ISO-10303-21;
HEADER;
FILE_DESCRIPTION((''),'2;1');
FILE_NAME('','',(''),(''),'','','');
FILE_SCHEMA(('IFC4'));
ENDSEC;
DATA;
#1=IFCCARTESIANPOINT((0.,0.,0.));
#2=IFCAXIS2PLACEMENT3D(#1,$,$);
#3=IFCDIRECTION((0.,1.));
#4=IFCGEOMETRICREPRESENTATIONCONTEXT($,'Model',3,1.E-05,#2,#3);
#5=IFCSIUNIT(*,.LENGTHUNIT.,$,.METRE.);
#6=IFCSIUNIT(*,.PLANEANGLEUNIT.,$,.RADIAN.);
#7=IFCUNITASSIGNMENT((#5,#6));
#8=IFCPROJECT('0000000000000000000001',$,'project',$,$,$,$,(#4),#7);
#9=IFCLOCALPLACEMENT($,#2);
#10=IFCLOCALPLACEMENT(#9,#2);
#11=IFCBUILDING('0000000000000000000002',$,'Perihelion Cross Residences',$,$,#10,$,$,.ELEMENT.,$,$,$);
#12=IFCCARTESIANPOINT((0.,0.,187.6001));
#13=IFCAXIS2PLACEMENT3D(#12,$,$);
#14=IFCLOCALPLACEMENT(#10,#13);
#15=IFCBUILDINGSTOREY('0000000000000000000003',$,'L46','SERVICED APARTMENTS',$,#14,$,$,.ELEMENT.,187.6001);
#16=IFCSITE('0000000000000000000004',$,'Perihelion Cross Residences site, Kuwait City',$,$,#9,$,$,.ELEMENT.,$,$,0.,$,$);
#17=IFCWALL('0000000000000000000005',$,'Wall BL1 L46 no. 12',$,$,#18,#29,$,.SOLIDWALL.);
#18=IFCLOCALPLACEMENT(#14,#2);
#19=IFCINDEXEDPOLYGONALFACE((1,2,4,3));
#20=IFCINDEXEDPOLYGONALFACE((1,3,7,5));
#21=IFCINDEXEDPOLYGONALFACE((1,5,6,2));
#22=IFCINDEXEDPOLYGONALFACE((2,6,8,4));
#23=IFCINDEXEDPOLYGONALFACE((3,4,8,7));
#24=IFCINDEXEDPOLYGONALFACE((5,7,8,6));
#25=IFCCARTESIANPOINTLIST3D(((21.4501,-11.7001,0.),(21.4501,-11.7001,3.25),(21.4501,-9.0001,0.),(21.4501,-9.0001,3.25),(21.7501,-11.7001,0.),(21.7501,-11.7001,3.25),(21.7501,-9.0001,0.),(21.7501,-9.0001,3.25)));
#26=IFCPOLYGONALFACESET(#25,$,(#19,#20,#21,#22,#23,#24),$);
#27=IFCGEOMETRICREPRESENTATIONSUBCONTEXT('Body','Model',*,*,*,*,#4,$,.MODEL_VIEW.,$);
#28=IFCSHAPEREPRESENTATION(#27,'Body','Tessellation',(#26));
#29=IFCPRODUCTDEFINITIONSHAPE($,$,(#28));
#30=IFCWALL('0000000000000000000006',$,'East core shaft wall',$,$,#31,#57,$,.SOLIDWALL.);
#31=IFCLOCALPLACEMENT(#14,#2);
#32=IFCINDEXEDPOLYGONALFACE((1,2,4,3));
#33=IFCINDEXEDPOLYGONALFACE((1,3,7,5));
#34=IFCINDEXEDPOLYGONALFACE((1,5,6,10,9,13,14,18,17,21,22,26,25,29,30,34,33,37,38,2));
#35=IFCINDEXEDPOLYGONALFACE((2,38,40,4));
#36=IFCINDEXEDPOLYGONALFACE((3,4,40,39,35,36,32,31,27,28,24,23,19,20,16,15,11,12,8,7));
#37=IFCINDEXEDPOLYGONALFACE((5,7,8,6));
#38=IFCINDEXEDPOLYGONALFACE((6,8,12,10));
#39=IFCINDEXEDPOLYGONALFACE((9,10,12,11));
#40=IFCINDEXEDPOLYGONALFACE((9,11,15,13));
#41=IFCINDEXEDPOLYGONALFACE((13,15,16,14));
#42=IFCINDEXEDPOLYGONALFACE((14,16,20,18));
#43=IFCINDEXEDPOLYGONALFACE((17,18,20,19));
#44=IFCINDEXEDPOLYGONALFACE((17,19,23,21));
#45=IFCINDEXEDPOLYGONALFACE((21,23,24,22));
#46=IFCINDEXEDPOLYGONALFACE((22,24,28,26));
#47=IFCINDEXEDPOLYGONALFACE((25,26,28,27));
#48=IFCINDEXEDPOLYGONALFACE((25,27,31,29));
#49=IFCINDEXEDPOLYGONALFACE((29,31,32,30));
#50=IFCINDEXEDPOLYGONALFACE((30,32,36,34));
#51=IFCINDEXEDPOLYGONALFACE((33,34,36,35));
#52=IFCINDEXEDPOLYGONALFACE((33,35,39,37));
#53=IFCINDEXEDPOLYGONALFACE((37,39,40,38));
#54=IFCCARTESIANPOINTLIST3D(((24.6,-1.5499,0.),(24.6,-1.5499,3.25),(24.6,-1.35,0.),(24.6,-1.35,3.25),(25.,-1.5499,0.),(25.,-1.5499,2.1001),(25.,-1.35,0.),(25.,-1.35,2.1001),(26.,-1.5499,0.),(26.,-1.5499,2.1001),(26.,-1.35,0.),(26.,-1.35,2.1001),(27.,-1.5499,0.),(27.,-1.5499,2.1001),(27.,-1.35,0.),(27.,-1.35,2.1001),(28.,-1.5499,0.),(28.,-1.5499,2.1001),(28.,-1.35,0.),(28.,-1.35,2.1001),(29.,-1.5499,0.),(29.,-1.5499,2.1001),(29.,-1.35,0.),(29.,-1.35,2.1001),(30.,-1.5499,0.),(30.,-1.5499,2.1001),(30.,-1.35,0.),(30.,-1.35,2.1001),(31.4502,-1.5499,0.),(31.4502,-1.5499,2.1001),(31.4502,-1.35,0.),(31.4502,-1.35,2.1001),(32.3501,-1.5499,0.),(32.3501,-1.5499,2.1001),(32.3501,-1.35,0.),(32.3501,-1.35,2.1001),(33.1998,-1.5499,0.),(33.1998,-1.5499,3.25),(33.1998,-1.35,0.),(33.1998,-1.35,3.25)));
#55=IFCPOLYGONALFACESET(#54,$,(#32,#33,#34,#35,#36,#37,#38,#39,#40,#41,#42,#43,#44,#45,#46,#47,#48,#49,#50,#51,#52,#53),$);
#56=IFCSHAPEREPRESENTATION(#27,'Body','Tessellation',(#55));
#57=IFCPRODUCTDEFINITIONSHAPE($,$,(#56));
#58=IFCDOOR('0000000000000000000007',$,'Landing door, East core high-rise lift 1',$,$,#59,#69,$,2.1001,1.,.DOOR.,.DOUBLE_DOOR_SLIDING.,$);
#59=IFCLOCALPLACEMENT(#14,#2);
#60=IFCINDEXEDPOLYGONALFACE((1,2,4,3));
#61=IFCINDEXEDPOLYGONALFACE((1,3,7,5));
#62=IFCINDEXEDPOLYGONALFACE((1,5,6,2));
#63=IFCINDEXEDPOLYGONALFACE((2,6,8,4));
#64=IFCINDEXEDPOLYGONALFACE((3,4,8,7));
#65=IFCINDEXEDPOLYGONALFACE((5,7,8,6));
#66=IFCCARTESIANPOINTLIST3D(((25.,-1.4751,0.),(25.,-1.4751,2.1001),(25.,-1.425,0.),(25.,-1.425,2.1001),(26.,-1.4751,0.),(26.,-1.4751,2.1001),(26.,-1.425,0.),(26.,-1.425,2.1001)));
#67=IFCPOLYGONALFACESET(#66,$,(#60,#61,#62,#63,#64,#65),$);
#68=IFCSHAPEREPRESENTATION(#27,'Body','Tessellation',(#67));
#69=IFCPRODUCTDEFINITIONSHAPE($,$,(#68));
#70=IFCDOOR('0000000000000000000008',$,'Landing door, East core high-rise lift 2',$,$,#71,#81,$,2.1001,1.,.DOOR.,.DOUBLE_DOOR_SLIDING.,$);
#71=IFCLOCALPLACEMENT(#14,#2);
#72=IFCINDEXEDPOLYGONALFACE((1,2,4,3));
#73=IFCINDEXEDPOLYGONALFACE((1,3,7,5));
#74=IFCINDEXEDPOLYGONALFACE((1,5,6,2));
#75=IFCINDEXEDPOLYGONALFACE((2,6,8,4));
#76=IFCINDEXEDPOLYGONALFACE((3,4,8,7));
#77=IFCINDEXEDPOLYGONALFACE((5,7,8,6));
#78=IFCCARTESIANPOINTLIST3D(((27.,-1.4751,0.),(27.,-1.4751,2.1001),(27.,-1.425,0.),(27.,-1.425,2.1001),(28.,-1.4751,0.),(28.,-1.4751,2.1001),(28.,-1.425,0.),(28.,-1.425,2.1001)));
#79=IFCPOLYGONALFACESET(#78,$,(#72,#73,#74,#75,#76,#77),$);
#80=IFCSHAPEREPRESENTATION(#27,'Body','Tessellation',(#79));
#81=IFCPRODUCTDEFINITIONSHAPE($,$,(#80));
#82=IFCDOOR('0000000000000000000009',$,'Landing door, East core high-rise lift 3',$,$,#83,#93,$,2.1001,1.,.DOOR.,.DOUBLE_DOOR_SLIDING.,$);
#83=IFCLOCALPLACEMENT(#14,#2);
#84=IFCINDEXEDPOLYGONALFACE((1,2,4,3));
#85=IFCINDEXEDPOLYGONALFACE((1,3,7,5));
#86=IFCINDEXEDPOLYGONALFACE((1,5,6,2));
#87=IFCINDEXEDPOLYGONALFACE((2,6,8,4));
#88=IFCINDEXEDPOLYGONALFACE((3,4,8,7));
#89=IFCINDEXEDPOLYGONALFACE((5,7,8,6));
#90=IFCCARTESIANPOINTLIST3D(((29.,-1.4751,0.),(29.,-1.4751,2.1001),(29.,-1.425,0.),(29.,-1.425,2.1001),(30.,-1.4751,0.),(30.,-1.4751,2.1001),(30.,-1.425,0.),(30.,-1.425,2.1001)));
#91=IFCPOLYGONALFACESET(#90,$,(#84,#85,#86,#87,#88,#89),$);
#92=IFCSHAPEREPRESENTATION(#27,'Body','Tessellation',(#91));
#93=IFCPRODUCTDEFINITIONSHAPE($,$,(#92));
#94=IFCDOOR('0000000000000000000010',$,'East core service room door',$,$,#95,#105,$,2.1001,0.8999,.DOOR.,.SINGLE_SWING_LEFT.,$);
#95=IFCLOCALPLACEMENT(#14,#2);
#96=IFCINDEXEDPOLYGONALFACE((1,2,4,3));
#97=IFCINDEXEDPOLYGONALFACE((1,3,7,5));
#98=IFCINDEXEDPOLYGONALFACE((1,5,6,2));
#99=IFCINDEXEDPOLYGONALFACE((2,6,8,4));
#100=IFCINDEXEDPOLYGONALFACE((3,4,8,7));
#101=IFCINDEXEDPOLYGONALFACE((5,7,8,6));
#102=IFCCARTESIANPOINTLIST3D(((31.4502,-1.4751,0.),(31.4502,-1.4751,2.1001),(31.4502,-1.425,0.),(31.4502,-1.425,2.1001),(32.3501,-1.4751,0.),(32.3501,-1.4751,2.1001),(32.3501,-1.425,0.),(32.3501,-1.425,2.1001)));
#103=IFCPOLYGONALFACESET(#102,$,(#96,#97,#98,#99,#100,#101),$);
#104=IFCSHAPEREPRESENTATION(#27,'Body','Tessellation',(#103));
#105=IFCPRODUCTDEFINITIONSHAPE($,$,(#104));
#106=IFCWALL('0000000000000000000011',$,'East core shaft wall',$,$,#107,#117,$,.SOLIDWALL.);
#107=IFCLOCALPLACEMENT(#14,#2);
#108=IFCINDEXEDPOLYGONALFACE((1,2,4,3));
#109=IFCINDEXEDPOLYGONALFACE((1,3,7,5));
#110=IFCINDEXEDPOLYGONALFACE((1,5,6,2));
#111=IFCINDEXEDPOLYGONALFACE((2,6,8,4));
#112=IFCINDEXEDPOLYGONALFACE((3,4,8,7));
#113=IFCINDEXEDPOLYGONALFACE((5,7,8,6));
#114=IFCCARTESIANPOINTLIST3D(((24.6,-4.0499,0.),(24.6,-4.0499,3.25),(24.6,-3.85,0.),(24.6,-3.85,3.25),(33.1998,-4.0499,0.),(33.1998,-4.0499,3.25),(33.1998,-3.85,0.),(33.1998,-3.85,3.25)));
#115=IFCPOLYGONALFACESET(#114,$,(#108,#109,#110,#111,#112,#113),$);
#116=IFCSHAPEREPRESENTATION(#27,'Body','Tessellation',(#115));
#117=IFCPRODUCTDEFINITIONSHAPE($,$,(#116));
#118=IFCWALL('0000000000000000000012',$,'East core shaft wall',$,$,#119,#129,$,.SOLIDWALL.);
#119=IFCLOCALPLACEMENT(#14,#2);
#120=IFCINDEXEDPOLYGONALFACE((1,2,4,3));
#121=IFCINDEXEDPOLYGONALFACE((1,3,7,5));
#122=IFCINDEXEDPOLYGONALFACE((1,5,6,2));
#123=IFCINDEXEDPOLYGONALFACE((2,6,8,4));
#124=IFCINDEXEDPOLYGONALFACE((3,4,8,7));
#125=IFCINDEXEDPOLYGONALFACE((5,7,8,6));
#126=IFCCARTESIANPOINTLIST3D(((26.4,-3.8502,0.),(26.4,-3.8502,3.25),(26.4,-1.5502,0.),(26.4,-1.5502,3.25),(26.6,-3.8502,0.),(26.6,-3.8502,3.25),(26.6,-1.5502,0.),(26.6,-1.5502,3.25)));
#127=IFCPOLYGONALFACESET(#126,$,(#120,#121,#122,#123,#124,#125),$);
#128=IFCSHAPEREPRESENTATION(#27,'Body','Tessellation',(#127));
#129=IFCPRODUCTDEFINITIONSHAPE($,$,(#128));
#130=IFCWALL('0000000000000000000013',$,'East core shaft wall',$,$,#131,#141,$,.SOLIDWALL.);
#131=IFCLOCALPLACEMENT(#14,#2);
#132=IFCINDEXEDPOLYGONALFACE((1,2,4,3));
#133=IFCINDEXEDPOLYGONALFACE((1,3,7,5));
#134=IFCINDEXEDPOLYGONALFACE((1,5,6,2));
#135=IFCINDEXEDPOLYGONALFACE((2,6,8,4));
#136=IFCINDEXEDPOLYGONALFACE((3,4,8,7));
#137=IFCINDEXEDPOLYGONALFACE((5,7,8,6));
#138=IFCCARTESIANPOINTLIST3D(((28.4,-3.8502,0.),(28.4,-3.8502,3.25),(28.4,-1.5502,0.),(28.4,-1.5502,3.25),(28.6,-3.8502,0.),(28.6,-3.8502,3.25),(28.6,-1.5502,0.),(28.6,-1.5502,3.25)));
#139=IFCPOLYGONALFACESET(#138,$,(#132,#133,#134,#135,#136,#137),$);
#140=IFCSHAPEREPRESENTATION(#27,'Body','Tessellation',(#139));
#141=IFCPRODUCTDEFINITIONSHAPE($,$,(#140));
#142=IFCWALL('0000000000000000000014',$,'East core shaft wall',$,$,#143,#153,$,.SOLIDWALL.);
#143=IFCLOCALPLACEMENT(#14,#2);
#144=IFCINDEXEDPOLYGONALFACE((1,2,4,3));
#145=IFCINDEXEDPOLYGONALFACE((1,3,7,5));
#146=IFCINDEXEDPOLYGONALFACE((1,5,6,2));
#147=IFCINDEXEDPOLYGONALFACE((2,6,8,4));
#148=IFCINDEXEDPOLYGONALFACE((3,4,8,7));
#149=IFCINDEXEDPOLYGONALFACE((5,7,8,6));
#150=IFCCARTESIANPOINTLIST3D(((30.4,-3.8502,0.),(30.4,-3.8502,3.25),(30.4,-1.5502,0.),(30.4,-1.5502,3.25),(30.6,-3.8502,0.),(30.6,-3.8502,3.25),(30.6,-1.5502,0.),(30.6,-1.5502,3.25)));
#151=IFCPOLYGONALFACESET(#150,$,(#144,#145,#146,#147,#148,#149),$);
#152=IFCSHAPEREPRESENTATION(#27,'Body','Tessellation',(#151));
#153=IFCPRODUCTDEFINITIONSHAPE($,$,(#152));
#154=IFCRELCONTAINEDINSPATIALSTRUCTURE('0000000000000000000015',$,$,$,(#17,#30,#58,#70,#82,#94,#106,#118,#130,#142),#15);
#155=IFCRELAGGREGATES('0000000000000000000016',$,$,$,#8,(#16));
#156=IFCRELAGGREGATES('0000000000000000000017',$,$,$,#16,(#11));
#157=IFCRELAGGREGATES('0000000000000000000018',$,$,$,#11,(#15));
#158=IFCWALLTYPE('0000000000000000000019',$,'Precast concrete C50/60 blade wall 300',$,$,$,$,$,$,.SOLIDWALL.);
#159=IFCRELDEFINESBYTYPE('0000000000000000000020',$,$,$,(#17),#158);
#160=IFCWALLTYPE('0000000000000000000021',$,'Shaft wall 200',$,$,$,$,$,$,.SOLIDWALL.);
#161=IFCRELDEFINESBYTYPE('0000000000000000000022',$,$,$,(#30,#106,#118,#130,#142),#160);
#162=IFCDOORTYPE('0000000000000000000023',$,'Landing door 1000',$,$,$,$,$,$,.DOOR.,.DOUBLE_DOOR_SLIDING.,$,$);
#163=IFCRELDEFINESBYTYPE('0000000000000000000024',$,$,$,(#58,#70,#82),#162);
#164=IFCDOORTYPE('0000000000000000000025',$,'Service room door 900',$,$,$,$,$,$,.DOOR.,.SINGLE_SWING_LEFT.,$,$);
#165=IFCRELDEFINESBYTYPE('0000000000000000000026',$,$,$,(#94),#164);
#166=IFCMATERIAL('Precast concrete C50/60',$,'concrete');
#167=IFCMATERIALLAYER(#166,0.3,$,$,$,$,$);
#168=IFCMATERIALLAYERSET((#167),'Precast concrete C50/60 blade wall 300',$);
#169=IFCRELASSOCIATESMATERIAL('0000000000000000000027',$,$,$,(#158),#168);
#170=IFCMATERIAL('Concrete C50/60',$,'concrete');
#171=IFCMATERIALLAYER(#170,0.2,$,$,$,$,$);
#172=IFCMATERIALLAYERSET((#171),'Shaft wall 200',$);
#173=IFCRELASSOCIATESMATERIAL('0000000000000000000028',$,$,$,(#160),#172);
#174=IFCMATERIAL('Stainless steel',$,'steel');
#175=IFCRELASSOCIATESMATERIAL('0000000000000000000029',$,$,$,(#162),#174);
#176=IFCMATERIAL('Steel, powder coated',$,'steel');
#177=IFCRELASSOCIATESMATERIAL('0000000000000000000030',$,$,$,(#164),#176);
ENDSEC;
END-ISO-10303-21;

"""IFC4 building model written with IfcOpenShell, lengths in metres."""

from ifc_helpers import new_model, si_unit, direction, frame, frame_2d, origin, place, context, subcontext, project, spatial, rectangle, extrude, material, layer, layer_set, type_object, element, fill, save


model = new_model("IFC4")

# Units and contexts
model_context = context("Model", 3, precision=1e-05, world=origin(), true_north=direction((0.0, 1.0)))
body_context = subcontext(model_context, "Body", "Model", "MODEL_VIEW")
ifc_project = project(units=[si_unit("LENGTHUNIT", "METRE"), si_unit("PLANEANGLEUNIT", "RADIAN")], contexts=[model_context])

# Site, building, storey
site_placement = place(None, origin())
site = spatial("IfcSite", under=ifc_project, at=site_placement, Name="Perihelion Cross Residences site, Kuwait City", CompositionType="ELEMENT", RefElevation=0.0)
building_placement = place(site_placement, origin())
building = spatial("IfcBuilding", under=site, at=building_placement, Name="Perihelion Cross Residences", CompositionType="ELEMENT")
storey_placement = place(building_placement, frame((0.0, 0.0, 187.6001)))
storey = spatial("IfcBuildingStorey", under=building, at=storey_placement, Name="L46", Description="SERVICED APARTMENTS", CompositionType="ELEMENT", Elevation=187.6001)

# Wall
ifc_material_1 = material(Name="Precast concrete C50/60", Category="concrete")
ifc_layer_1 = layer(ifc_material_1, 0.3)
ifc_layer_set_1 = layer_set([ifc_layer_1], Name="Precast concrete C50/60 blade wall 300")
wall_type_1 = type_object("IfcWallType", Name="Precast concrete C50/60 blade wall 300", PredefinedType="SOLIDWALL", material=ifc_layer_set_1)
wall_1_placement = place(storey_placement, frame((21.6001, -9.0, 0.0), z_axis=(0.0, 0.0, 1.0), x_axis=(0.0, -1.0, 0.0)))
element("IfcWall", 1, at=wall_1_placement, inside=storey, type_object=wall_type_1, Name="Wall BL1 L46 no. 12", PredefinedType="SOLIDWALL", context=body_context, shape_type="SweptSolid", body=[
    extrude(rectangle(XDim=2.7, YDim=0.3, at=frame_2d((1.3501, 0.0))), origin(), (0.0, 0.0, 1.0), 3.25),
])

# Wall, openings, doors
ifc_material_2 = material(Name="Concrete C50/60", Category="concrete")
ifc_layer_2 = layer(ifc_material_2, 0.2)
ifc_layer_set_2 = layer_set([ifc_layer_2], Name="Shaft wall 200")
wall_type_2 = type_object("IfcWallType", Name="Shaft wall 200", PredefinedType="SOLIDWALL", material=ifc_layer_set_2)
wall_2_placement = place(storey_placement, frame((24.6001, -1.45, 0.0), z_axis=(0.0, 0.0, 1.0), x_axis=(1.0, 0.0, 0.0)))
wall_2 = element("IfcWall", 2, at=wall_2_placement, inside=storey, type_object=wall_type_2, Name="East core shaft wall", PredefinedType="SOLIDWALL", context=body_context, shape_type="SweptSolid", body=[
    extrude(rectangle(XDim=8.5999, YDim=0.2, at=frame_2d((4.2998, 0.0))), origin(), (0.0, 0.0, 1.0), 3.25),
])
opening_1_placement = place(wall_2_placement, frame((0.3999, 0.0, 0.0)))
opening_1 = element("IfcOpeningElement", 3, at=opening_1_placement, cuts=wall_2, PredefinedType="OPENING", context=body_context, shape_type="SweptSolid", body=[
    extrude(rectangle(XDim=1.0, YDim=2.1001, at=frame_2d((0.5, 1.05))), frame((0.0, 0.1099, 0.0), z_axis=(0.0, -1.0, 0.0), x_axis=(1.0, 0.0, 0.0)), (0.0, 0.0, 1.0), 0.22),
])
opening_2_placement = place(wall_2_placement, frame((2.3999, 0.0, 0.0)))
opening_2 = element("IfcOpeningElement", 4, at=opening_2_placement, cuts=wall_2, PredefinedType="OPENING", context=body_context, shape_type="SweptSolid", body=[
    extrude(rectangle(XDim=1.0, YDim=2.1001, at=frame_2d((0.5, 1.05))), frame((0.0, 0.1099, 0.0), z_axis=(0.0, -1.0, 0.0), x_axis=(1.0, 0.0, 0.0)), (0.0, 0.0, 1.0), 0.22),
])
opening_3_placement = place(wall_2_placement, frame((4.3999, 0.0, 0.0)))
opening_3 = element("IfcOpeningElement", 5, at=opening_3_placement, cuts=wall_2, PredefinedType="OPENING", context=body_context, shape_type="SweptSolid", body=[
    extrude(rectangle(XDim=1.0, YDim=2.1001, at=frame_2d((0.5, 1.05))), frame((0.0, 0.1099, 0.0), z_axis=(0.0, -1.0, 0.0), x_axis=(1.0, 0.0, 0.0)), (0.0, 0.0, 1.0), 0.22),
])
opening_4_placement = place(wall_2_placement, frame((6.8501, 0.0, 0.0)))
opening_4 = element("IfcOpeningElement", 6, at=opening_4_placement, cuts=wall_2, PredefinedType="OPENING", context=body_context, shape_type="SweptSolid", body=[
    extrude(rectangle(XDim=0.8999, YDim=2.1001, at=frame_2d((0.45, 1.05))), frame((0.0, 0.1099, 0.0), z_axis=(0.0, -1.0, 0.0), x_axis=(1.0, 0.0, 0.0)), (0.0, 0.0, 1.0), 0.22),
])
ifc_material_3 = material(Name="Stainless steel", Category="steel")
door_type_1 = type_object("IfcDoorType", Name="Landing door 1000", OperationType="DOUBLE_DOOR_SLIDING", PredefinedType="DOOR", material=ifc_material_3)
door_1_placement = place(opening_1_placement, origin())
door_1 = element("IfcDoor", 7, at=door_1_placement, inside=storey, type_object=door_type_1, Name="Landing door, East core high-rise lift 1", OperationType="DOUBLE_DOOR_SLIDING", OverallHeight=2.1001, OverallWidth=1.0, PredefinedType="DOOR", context=body_context, shape_type="SweptSolid", body=[
    extrude(rectangle(XDim=1.0, YDim=2.1001, at=frame_2d((0.5, 1.05))), frame((0.0, 0.0249, 0.0), z_axis=(0.0, -1.0, 0.0), x_axis=(1.0, 0.0, 0.0)), (0.0, 0.0, 1.0), 0.05),
])
fill(opening_1, door_1)
door_2_placement = place(opening_2_placement, origin())
door_2 = element("IfcDoor", 8, at=door_2_placement, inside=storey, type_object=door_type_1, Name="Landing door, East core high-rise lift 2", OperationType="DOUBLE_DOOR_SLIDING", OverallHeight=2.1001, OverallWidth=1.0, PredefinedType="DOOR", context=body_context, shape_type="SweptSolid", body=[
    extrude(rectangle(XDim=1.0, YDim=2.1001, at=frame_2d((0.5, 1.05))), frame((0.0, 0.0249, 0.0), z_axis=(0.0, -1.0, 0.0), x_axis=(1.0, 0.0, 0.0)), (0.0, 0.0, 1.0), 0.05),
])
fill(opening_2, door_2)
door_3_placement = place(opening_3_placement, origin())
door_3 = element("IfcDoor", 9, at=door_3_placement, inside=storey, type_object=door_type_1, Name="Landing door, East core high-rise lift 3", OperationType="DOUBLE_DOOR_SLIDING", OverallHeight=2.1001, OverallWidth=1.0, PredefinedType="DOOR", context=body_context, shape_type="SweptSolid", body=[
    extrude(rectangle(XDim=1.0, YDim=2.1001, at=frame_2d((0.5, 1.05))), frame((0.0, 0.0249, 0.0), z_axis=(0.0, -1.0, 0.0), x_axis=(1.0, 0.0, 0.0)), (0.0, 0.0, 1.0), 0.05),
])
fill(opening_3, door_3)
ifc_material_4 = material(Name="Steel, powder coated", Category="steel")
door_type_2 = type_object("IfcDoorType", Name="Service room door 900", OperationType="SINGLE_SWING_LEFT", PredefinedType="DOOR", material=ifc_material_4)
door_4_placement = place(opening_4_placement, origin())
door_4 = element("IfcDoor", 10, at=door_4_placement, inside=storey, type_object=door_type_2, Name="East core service room door", OperationType="SINGLE_SWING_LEFT", OverallHeight=2.1001, OverallWidth=0.8999, PredefinedType="DOOR", context=body_context, shape_type="SweptSolid", body=[
    extrude(rectangle(XDim=0.8999, YDim=2.1001, at=frame_2d((0.45, 1.05))), frame((0.0, 0.0249, 0.0), z_axis=(0.0, -1.0, 0.0), x_axis=(1.0, 0.0, 0.0)), (0.0, 0.0, 1.0), 0.05),
])
fill(opening_4, door_4)

# Walls
wall_3_placement = place(storey_placement, frame((24.6001, -3.95, 0.0), z_axis=(0.0, 0.0, 1.0), x_axis=(1.0, 0.0, 0.0)))
element("IfcWall", 11, at=wall_3_placement, inside=storey, type_object=wall_type_2, Name="East core shaft wall", PredefinedType="SOLIDWALL", context=body_context, shape_type="SweptSolid", body=[
    extrude(rectangle(XDim=8.5999, YDim=0.2, at=frame_2d((4.2998, 0.0))), origin(), (0.0, 0.0, 1.0), 3.25),
])
for number, where, z_axis, x_axis, name in (
    (12, (26.5, -3.8501, 0.0), (0.0, 0.0, 1.0), (0.0, 1.0, 0.0), "East core shaft wall"),
    (13, (28.5, -3.8501, 0.0), (0.0, 0.0, 1.0), (0.0, 1.0, 0.0), "East core shaft wall"),
    (14, (30.5, -3.8501, 0.0), (0.0, 0.0, 1.0), (0.0, 1.0, 0.0), "East core shaft wall"),
):
    element("IfcWall", number, at=place(storey_placement, frame(where, z_axis=z_axis, x_axis=x_axis)), inside=storey, type_object=wall_type_2, Name=name, PredefinedType="SOLIDWALL", context=body_context, shape_type="SweptSolid", body=[
        extrude(rectangle(XDim=2.3, YDim=0.2, at=frame_2d((1.1499, 0.0))), origin(), (0.0, 0.0, 1.0), 3.25),
    ])

save(model, "model.ifc")
